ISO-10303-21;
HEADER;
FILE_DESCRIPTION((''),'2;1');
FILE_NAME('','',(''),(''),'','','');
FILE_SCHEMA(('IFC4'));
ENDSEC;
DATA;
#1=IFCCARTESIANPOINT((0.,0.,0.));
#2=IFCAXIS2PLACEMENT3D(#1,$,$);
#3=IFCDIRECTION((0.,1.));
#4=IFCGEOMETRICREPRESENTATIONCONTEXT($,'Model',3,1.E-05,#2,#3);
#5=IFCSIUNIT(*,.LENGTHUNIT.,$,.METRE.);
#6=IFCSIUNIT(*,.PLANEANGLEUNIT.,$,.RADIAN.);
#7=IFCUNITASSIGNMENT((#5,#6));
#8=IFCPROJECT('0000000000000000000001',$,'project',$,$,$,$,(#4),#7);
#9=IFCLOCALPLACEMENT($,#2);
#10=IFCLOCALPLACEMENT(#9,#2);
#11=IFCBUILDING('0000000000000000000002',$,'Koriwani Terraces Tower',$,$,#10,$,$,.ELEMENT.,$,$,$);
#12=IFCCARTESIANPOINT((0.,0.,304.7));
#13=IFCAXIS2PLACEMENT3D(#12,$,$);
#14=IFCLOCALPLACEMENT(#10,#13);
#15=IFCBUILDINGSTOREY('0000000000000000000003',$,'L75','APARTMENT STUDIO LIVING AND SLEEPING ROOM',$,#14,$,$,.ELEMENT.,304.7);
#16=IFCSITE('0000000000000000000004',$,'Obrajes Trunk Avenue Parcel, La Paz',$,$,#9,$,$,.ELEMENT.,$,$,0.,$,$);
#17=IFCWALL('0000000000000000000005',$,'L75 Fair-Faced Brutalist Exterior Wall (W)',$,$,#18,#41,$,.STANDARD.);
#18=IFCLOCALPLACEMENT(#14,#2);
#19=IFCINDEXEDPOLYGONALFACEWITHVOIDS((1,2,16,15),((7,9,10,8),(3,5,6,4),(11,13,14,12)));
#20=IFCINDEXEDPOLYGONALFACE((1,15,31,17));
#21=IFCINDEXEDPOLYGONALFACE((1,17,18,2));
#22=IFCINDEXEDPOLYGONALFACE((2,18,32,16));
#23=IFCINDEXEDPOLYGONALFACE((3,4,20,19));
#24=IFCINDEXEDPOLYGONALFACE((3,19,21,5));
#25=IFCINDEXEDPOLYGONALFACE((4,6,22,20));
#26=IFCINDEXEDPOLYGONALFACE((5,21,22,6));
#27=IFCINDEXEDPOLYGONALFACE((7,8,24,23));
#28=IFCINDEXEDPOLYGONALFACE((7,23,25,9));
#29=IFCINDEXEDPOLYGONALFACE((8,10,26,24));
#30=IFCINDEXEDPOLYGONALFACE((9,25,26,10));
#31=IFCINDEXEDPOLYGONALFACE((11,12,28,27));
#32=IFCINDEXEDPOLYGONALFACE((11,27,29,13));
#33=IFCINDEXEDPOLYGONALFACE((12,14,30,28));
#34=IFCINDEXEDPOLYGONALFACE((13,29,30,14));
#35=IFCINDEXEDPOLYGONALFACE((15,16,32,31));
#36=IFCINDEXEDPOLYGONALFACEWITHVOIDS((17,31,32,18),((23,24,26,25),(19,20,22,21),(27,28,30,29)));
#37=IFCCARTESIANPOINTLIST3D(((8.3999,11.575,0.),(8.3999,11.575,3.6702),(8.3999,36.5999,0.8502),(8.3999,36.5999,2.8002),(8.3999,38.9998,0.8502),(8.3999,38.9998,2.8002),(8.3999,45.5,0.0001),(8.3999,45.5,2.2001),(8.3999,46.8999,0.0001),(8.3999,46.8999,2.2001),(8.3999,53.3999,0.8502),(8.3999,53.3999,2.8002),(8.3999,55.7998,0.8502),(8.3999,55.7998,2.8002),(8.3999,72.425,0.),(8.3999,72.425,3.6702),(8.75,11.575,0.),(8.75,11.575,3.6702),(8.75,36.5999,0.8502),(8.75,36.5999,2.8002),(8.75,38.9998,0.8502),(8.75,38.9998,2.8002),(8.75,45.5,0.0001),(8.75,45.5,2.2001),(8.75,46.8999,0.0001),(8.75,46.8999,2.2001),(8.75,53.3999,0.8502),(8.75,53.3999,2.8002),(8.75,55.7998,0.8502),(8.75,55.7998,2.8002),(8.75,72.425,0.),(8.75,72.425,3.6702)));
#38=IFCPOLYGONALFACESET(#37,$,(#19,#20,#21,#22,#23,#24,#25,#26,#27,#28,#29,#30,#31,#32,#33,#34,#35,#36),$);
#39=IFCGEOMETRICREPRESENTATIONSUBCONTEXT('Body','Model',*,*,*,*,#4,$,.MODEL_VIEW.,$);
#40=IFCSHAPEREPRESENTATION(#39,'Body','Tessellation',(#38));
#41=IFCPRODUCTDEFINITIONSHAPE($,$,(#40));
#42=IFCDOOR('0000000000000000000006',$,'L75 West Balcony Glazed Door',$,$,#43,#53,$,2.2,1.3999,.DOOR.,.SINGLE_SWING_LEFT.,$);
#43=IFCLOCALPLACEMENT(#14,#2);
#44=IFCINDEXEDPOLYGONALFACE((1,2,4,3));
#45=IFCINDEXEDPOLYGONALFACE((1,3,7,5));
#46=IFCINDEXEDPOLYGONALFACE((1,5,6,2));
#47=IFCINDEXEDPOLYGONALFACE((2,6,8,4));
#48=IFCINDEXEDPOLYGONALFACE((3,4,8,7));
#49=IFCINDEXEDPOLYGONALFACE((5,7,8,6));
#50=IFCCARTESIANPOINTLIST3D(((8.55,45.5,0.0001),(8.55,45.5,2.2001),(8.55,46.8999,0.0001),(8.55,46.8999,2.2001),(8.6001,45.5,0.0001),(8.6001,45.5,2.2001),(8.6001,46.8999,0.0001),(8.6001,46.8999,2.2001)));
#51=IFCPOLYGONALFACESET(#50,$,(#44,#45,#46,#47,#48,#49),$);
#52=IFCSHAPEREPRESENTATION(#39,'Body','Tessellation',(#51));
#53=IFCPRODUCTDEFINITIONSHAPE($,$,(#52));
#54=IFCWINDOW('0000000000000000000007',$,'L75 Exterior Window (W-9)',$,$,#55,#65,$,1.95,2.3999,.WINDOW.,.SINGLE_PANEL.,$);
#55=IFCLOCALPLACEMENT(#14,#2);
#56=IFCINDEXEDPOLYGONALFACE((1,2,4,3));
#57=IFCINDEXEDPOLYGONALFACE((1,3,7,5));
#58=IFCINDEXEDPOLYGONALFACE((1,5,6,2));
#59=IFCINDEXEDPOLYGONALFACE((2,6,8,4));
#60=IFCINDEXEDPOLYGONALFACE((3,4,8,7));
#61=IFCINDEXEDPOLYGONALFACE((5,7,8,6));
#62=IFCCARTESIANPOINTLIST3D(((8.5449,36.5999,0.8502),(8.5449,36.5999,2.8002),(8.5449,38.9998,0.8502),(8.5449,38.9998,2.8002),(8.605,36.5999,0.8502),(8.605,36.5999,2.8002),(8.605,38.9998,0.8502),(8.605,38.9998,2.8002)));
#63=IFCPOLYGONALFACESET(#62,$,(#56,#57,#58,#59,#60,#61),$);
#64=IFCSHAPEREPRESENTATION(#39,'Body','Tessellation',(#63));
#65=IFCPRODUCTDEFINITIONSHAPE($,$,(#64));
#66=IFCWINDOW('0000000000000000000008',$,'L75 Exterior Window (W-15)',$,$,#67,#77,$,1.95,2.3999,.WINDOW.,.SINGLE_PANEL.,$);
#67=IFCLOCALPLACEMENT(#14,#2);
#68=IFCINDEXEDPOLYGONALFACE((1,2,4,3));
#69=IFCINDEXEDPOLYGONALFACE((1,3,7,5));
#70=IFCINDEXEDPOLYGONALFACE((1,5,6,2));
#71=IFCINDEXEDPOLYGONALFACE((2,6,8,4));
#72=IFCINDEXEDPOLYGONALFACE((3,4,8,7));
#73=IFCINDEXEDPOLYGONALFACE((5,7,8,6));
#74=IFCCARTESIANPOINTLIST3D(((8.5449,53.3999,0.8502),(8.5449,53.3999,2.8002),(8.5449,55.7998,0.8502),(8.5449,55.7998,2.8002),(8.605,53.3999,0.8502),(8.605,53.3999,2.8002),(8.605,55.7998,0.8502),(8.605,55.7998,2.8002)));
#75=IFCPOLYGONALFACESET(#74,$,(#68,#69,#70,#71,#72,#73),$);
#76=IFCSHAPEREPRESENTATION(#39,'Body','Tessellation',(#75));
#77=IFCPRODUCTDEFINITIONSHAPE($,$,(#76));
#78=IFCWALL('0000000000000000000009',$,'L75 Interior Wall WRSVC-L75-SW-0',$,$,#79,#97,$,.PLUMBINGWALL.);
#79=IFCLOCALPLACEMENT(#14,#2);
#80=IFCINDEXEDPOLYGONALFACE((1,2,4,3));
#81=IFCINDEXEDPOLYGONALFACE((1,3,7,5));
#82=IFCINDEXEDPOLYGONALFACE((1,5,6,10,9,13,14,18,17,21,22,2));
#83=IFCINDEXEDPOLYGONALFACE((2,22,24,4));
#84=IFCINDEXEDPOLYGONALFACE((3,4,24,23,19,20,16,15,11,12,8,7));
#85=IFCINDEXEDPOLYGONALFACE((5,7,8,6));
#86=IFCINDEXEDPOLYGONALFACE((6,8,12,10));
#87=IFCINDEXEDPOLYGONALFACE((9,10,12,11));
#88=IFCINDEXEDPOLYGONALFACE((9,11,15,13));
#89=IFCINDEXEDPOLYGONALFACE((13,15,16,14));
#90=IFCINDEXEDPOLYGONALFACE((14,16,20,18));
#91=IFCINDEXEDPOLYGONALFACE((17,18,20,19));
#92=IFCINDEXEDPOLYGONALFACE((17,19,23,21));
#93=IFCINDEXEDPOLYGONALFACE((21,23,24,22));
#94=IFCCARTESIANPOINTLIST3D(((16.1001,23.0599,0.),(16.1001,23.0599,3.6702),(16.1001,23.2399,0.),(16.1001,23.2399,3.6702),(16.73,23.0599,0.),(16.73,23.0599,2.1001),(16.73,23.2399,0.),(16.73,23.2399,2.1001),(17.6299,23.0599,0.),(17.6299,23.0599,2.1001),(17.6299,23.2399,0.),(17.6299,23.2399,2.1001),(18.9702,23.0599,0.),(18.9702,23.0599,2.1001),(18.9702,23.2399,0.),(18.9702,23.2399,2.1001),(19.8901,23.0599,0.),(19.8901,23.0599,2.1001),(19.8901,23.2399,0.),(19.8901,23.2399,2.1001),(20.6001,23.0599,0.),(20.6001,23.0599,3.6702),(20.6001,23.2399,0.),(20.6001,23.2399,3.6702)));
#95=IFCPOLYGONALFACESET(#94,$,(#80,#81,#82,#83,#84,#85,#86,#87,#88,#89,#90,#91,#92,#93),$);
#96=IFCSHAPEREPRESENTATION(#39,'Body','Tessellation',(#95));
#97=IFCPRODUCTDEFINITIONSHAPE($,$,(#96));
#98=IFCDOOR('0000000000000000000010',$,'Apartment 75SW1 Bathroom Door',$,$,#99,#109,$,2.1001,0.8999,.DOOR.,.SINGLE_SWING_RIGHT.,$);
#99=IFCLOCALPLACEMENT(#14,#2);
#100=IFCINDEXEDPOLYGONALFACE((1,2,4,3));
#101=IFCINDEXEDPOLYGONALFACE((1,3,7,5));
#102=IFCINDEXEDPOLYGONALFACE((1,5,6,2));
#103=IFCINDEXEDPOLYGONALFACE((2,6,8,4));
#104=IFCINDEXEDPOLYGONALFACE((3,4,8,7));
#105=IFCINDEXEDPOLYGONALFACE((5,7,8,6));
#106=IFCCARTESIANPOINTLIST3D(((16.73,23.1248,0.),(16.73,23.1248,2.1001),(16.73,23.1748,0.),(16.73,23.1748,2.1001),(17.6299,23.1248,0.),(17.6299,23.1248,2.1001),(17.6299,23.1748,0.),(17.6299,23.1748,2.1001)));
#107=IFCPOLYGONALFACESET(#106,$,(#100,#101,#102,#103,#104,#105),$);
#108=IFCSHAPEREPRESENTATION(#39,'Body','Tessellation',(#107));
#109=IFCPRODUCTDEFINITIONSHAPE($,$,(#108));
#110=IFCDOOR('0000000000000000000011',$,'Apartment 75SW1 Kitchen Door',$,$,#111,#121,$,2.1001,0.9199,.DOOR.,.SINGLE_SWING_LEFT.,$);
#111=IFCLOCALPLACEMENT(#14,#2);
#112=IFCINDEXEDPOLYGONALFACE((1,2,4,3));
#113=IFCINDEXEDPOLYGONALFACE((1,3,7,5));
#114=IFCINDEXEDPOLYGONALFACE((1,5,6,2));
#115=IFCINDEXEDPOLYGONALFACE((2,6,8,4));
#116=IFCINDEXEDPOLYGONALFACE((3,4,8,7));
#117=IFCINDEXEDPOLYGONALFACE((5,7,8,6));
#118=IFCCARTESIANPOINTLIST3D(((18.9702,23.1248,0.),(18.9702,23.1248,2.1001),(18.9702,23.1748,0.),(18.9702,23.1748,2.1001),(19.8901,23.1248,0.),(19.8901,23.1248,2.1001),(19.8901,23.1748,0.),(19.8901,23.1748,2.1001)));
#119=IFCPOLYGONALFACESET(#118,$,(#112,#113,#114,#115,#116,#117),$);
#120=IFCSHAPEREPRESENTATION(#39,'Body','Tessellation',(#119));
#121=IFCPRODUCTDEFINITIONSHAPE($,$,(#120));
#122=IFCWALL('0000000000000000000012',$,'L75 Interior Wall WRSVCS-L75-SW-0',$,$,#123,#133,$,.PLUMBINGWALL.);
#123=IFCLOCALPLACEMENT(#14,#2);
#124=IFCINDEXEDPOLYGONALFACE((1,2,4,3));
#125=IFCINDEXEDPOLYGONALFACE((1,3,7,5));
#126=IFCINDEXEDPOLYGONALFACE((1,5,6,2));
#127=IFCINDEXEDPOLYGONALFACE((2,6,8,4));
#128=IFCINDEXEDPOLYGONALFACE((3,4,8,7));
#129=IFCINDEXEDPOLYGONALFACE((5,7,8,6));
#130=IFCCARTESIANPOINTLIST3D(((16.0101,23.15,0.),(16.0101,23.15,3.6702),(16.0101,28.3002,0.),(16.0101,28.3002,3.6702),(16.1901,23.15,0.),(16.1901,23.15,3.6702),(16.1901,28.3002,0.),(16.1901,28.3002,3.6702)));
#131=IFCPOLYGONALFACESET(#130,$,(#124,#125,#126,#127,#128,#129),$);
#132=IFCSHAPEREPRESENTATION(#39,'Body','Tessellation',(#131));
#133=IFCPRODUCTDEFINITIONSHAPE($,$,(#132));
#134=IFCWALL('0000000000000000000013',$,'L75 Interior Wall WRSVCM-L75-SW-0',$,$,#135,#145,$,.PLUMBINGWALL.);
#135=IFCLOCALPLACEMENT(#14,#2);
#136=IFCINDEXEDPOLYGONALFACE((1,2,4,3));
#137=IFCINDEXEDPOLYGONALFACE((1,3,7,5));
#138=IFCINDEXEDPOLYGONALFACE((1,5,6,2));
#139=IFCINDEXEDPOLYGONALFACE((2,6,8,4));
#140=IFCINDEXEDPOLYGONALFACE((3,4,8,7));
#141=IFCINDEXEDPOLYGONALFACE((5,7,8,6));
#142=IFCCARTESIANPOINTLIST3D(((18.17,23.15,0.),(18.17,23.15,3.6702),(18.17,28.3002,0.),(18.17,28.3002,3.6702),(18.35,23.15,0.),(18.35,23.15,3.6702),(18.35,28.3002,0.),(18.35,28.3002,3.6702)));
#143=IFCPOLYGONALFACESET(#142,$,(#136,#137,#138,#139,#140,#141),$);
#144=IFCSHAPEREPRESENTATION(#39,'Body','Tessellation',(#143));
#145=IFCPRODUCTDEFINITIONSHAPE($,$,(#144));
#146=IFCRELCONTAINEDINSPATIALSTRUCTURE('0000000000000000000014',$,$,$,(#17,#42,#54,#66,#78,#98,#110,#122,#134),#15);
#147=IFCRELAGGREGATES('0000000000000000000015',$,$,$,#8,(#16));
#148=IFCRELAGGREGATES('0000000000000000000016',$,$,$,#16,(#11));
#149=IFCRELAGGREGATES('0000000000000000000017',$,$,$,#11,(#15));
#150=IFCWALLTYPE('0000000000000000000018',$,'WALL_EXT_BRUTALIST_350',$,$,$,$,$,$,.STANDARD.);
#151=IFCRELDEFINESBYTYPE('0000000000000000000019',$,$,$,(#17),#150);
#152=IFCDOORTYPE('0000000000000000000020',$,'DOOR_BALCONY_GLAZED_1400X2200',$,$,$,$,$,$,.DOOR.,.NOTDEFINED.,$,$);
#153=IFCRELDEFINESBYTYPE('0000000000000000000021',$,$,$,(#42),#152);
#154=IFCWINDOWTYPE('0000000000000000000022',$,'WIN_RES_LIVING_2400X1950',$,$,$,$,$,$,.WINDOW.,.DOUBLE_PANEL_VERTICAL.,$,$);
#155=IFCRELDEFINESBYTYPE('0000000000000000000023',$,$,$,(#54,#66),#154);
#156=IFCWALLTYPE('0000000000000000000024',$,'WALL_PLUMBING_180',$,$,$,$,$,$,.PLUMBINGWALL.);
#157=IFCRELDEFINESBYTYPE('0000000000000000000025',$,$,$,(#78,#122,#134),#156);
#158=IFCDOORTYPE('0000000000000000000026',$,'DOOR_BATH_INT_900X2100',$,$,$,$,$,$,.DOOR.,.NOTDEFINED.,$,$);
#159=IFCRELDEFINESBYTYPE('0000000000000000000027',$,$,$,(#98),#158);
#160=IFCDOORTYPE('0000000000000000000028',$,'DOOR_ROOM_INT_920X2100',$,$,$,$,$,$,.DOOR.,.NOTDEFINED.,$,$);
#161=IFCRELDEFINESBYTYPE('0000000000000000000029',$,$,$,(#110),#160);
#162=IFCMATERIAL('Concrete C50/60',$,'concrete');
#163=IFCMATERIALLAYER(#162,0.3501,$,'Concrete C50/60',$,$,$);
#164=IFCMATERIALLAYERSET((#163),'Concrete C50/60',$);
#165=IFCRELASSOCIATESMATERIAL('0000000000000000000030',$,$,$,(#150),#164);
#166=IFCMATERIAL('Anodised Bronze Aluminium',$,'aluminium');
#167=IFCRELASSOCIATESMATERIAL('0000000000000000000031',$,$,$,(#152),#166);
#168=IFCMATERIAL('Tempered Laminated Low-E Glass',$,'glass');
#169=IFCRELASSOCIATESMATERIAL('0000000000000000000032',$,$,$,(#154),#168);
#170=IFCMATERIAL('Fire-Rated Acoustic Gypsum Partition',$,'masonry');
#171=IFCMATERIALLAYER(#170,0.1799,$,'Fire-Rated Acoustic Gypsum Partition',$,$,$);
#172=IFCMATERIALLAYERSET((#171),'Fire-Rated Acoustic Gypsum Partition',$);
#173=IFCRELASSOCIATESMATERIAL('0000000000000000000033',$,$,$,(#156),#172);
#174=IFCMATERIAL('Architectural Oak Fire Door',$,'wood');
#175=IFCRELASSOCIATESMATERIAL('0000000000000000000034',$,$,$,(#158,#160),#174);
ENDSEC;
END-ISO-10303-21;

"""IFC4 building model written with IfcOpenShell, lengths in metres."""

from ifc_helpers import new_model, si_unit, direction, frame, frame_2d, origin, place, context, subcontext, project, spatial, rectangle, extrude, material, layer, layer_set, type_object, element, fill, save


model = new_model("IFC4")

# Units and contexts
model_context = context("Model", 3, precision=1e-05, world=origin(), true_north=direction((0.0, 1.0)))
body_context = subcontext(model_context, "Body", "Model", "MODEL_VIEW")
ifc_project = project(units=[si_unit("LENGTHUNIT", "METRE"), si_unit("PLANEANGLEUNIT", "RADIAN")], contexts=[model_context])

# Site, building, storey
site_placement = place(None, origin())
site = spatial("IfcSite", under=ifc_project, at=site_placement, Name="Obrajes Trunk Avenue Parcel, La Paz", CompositionType="ELEMENT", RefElevation=0.0)
building_placement = place(site_placement, origin())
building = spatial("IfcBuilding", under=site, at=building_placement, Name="Koriwani Terraces Tower", CompositionType="ELEMENT")
storey_placement = place(building_placement, frame((0.0, 0.0, 304.7)))
storey = spatial("IfcBuildingStorey", under=building, at=storey_placement, Name="L75", Description="APARTMENT STUDIO LIVING AND SLEEPING ROOM", CompositionType="ELEMENT", Elevation=304.7)

# Shared definitions
ifc_material_1 = material(Name="Concrete C50/60", Category="concrete")

# Shared definitions
ifc_layer_1 = layer(ifc_material_1, 0.3501, Name="Concrete C50/60")
ifc_layer_set_1 = layer_set([ifc_layer_1], Name="Concrete C50/60")
wall_type_1 = type_object("IfcWallType", Name="WALL_EXT_BRUTALIST_350", PredefinedType="STANDARD", material=ifc_layer_set_1)

# Wall, openings, door, windows
wall_1_placement = place(storey_placement, frame((8.575, 11.575, 0.0), z_axis=(0.0, 0.0, 1.0), x_axis=(0.0, 1.0, 0.0)))
wall_1 = element("IfcWall", 1, at=wall_1_placement, inside=storey, type_object=wall_type_1, Name="L75 Fair-Faced Brutalist Exterior Wall (W)", PredefinedType="STANDARD", context=body_context, shape_type="SweptSolid", body=[
    extrude(rectangle(XDim=60.8501, YDim=0.3501, at=frame_2d((30.425, 0.0))), origin(), (0.0, 0.0, 1.0), 3.6702),
])
opening_1_placement = place(wall_1_placement, frame((33.925, 0.0, 0.0)))
opening_1 = element("IfcOpeningElement", 2, at=opening_1_placement, cuts=wall_1, PredefinedType="OPENING", context=body_context, shape_type="SweptSolid", body=[
    extrude(rectangle(XDim=1.3999, YDim=2.2, at=frame_2d((0.7, 1.1001))), frame((0.0, 0.1851, 0.0), z_axis=(0.0, -1.0, 0.0), x_axis=(1.0, 0.0, 0.0)), (0.0, 0.0, 1.0), 0.3701),
])
opening_2_placement = place(wall_1_placement, frame((25.0249, 0.0, 0.8501)))
opening_2 = element("IfcOpeningElement", 3, at=opening_2_placement, cuts=wall_1, PredefinedType="OPENING", context=body_context, shape_type="SweptSolid", body=[
    extrude(rectangle(XDim=2.3999, YDim=1.95, at=frame_2d((1.2, 0.9751))), frame((0.0, 0.1851, 0.0), z_axis=(0.0, -1.0, 0.0), x_axis=(1.0, 0.0, 0.0)), (0.0, 0.0, 1.0), 0.3701),
])
opening_3_placement = place(wall_1_placement, frame((41.825, 0.0, 0.8501)))
opening_3 = element("IfcOpeningElement", 4, at=opening_3_placement, cuts=wall_1, PredefinedType="OPENING", context=body_context, shape_type="SweptSolid", body=[
    extrude(rectangle(XDim=2.3999, YDim=1.95, at=frame_2d((1.2, 0.9751))), frame((0.0, 0.1851, 0.0), z_axis=(0.0, -1.0, 0.0), x_axis=(1.0, 0.0, 0.0)), (0.0, 0.0, 1.0), 0.3701),
])
ifc_material_2 = material(Name="Anodised Bronze Aluminium", Category="aluminium")
door_type_1 = type_object("IfcDoorType", Name="DOOR_BALCONY_GLAZED_1400X2200", OperationType="NOTDEFINED", PredefinedType="DOOR", material=ifc_material_2)
door_1_placement = place(opening_1_placement, origin())
door_1 = element("IfcDoor", 5, at=door_1_placement, inside=storey, type_object=door_type_1, Name="L75 West Balcony Glazed Door", OperationType="SINGLE_SWING_LEFT", OverallHeight=2.2, OverallWidth=1.3999, PredefinedType="DOOR", context=body_context, shape_type="SweptSolid", body=[
    extrude(rectangle(XDim=1.3999, YDim=2.2, at=frame_2d((0.7, 1.1001))), frame((0.0, 0.0249, 0.0), z_axis=(0.0, -1.0, 0.0), x_axis=(1.0, 0.0, 0.0)), (0.0, 0.0, 1.0), 0.05),
])
fill(opening_1, door_1)
ifc_material_3 = material(Name="Tempered Laminated Low-E Glass", Category="glass")
window_type = type_object("IfcWindowType", Name="WIN_RES_LIVING_2400X1950", PartitioningType="DOUBLE_PANEL_VERTICAL", PredefinedType="WINDOW", material=ifc_material_3)
window_1_placement = place(opening_2_placement, origin())
window_1 = element("IfcWindow", 6, at=window_1_placement, inside=storey, type_object=window_type, Name="L75 Exterior Window (W-9)", OverallHeight=1.95, OverallWidth=2.3999, PartitioningType="SINGLE_PANEL", PredefinedType="WINDOW", context=body_context, shape_type="SweptSolid", body=[
    extrude(rectangle(XDim=2.3999, YDim=1.95, at=frame_2d((1.2, 0.9751))), frame((0.0, 0.03, 0.0), z_axis=(0.0, -1.0, 0.0), x_axis=(1.0, 0.0, 0.0)), (0.0, 0.0, 1.0), 0.0601),
])
fill(opening_2, window_1)
window_2_placement = place(opening_3_placement, origin())
window_2 = element("IfcWindow", 7, at=window_2_placement, inside=storey, type_object=window_type, Name="L75 Exterior Window (W-15)", OverallHeight=1.95, OverallWidth=2.3999, PartitioningType="SINGLE_PANEL", PredefinedType="WINDOW", context=body_context, shape_type="SweptSolid", body=[
    extrude(rectangle(XDim=2.3999, YDim=1.95, at=frame_2d((1.2, 0.9751))), frame((0.0, 0.03, 0.0), z_axis=(0.0, -1.0, 0.0), x_axis=(1.0, 0.0, 0.0)), (0.0, 0.0, 1.0), 0.0601),
])
fill(opening_3, window_2)

# Wall, openings, doors
ifc_material_4 = material(Name="Fire-Rated Acoustic Gypsum Partition", Category="masonry")
ifc_layer_2 = layer(ifc_material_4, 0.1799, Name="Fire-Rated Acoustic Gypsum Partition")
ifc_layer_set_2 = layer_set([ifc_layer_2], Name="Fire-Rated Acoustic Gypsum Partition")
wall_type_2 = type_object("IfcWallType", Name="WALL_PLUMBING_180", PredefinedType="PLUMBINGWALL", material=ifc_layer_set_2)
wall_2_placement = place(storey_placement, frame((16.1001, 23.1499, 0.0), z_axis=(0.0, 0.0, 1.0), x_axis=(1.0, 0.0, 0.0)))
wall_2 = element("IfcWall", 8, at=wall_2_placement, inside=storey, type_object=wall_type_2, Name="L75 Interior Wall WRSVC-L75-SW-0", PredefinedType="PLUMBINGWALL", context=body_context, shape_type="SweptSolid", body=[
    extrude(rectangle(XDim=4.5, YDim=0.1799, at=frame_2d((2.25, 0.0))), origin(), (0.0, 0.0, 1.0), 3.6702),
])
opening_4_placement = place(wall_2_placement, frame((0.6299, 0.0, 0.0)))
opening_4 = element("IfcOpeningElement", 9, at=opening_4_placement, cuts=wall_2, PredefinedType="OPENING", context=body_context, shape_type="SweptSolid", body=[
    extrude(rectangle(XDim=0.8999, YDim=2.1001, at=frame_2d((0.45, 1.05))), frame((0.0, 0.1001, 0.0), z_axis=(0.0, -1.0, 0.0), x_axis=(1.0, 0.0, 0.0)), (0.0, 0.0, 1.0), 0.2),
])
opening_5_placement = place(wall_2_placement, frame((2.8701, 0.0, 0.0)))
opening_5 = element("IfcOpeningElement", 10, at=opening_5_placement, cuts=wall_2, PredefinedType="OPENING", context=body_context, shape_type="SweptSolid", body=[
    extrude(rectangle(XDim=0.9199, YDim=2.1001, at=frame_2d((0.46, 1.05))), frame((0.0, 0.1001, 0.0), z_axis=(0.0, -1.0, 0.0), x_axis=(1.0, 0.0, 0.0)), (0.0, 0.0, 1.0), 0.2),
])
ifc_material_5 = material(Name="Architectural Oak Fire Door", Category="wood")
door_type_2 = type_object("IfcDoorType", Name="DOOR_BATH_INT_900X2100", OperationType="NOTDEFINED", PredefinedType="DOOR", material=ifc_material_5)
door_2_placement = place(opening_4_placement, origin())
door_2 = element("IfcDoor", 11, at=door_2_placement, inside=storey, type_object=door_type_2, Name="Apartment 75SW1 Bathroom Door", OperationType="SINGLE_SWING_RIGHT", OverallHeight=2.1001, OverallWidth=0.8999, PredefinedType="DOOR", context=body_context, shape_type="SweptSolid", body=[
    extrude(rectangle(XDim=0.8999, YDim=2.1001, at=frame_2d((0.45, 1.05))), frame((0.0, 0.0249, 0.0), z_axis=(0.0, -1.0, 0.0), x_axis=(1.0, 0.0, 0.0)), (0.0, 0.0, 1.0), 0.05),
])
fill(opening_4, door_2)
door_type_3 = type_object("IfcDoorType", Name="DOOR_ROOM_INT_920X2100", OperationType="NOTDEFINED", PredefinedType="DOOR", material=ifc_material_5)
door_3_placement = place(opening_5_placement, origin())
door_3 = element("IfcDoor", 12, at=door_3_placement, inside=storey, type_object=door_type_3, Name="Apartment 75SW1 Kitchen Door", OperationType="SINGLE_SWING_LEFT", OverallHeight=2.1001, OverallWidth=0.9199, PredefinedType="DOOR", context=body_context, shape_type="SweptSolid", body=[
    extrude(rectangle(XDim=0.9199, YDim=2.1001, at=frame_2d((0.46, 1.05))), frame((0.0, 0.0249, 0.0), z_axis=(0.0, -1.0, 0.0), x_axis=(1.0, 0.0, 0.0)), (0.0, 0.0, 1.0), 0.05),
])
fill(opening_5, door_3)

# Walls
for number, where, z_axis, x_axis, name in (
    (13, (16.1001, 23.1499, 0.0), (0.0, 0.0, 1.0), (0.0, 1.0, 0.0), "L75 Interior Wall WRSVCS-L75-SW-0"),
    (14, (18.26, 23.1499, 0.0), (0.0, 0.0, 1.0), (0.0, 1.0, 0.0), "L75 Interior Wall WRSVCM-L75-SW-0"),
):
    element("IfcWall", number, at=place(storey_placement, frame(where, z_axis=z_axis, x_axis=x_axis)), inside=storey, type_object=wall_type_2, Name=name, PredefinedType="PLUMBINGWALL", context=body_context, shape_type="SweptSolid", body=[
        extrude(rectangle(XDim=5.1501, YDim=0.1799, at=frame_2d((2.5752, 0.0))), origin(), (0.0, 0.0, 1.0), 3.6702),
    ])

save(model, "model.ifc")
